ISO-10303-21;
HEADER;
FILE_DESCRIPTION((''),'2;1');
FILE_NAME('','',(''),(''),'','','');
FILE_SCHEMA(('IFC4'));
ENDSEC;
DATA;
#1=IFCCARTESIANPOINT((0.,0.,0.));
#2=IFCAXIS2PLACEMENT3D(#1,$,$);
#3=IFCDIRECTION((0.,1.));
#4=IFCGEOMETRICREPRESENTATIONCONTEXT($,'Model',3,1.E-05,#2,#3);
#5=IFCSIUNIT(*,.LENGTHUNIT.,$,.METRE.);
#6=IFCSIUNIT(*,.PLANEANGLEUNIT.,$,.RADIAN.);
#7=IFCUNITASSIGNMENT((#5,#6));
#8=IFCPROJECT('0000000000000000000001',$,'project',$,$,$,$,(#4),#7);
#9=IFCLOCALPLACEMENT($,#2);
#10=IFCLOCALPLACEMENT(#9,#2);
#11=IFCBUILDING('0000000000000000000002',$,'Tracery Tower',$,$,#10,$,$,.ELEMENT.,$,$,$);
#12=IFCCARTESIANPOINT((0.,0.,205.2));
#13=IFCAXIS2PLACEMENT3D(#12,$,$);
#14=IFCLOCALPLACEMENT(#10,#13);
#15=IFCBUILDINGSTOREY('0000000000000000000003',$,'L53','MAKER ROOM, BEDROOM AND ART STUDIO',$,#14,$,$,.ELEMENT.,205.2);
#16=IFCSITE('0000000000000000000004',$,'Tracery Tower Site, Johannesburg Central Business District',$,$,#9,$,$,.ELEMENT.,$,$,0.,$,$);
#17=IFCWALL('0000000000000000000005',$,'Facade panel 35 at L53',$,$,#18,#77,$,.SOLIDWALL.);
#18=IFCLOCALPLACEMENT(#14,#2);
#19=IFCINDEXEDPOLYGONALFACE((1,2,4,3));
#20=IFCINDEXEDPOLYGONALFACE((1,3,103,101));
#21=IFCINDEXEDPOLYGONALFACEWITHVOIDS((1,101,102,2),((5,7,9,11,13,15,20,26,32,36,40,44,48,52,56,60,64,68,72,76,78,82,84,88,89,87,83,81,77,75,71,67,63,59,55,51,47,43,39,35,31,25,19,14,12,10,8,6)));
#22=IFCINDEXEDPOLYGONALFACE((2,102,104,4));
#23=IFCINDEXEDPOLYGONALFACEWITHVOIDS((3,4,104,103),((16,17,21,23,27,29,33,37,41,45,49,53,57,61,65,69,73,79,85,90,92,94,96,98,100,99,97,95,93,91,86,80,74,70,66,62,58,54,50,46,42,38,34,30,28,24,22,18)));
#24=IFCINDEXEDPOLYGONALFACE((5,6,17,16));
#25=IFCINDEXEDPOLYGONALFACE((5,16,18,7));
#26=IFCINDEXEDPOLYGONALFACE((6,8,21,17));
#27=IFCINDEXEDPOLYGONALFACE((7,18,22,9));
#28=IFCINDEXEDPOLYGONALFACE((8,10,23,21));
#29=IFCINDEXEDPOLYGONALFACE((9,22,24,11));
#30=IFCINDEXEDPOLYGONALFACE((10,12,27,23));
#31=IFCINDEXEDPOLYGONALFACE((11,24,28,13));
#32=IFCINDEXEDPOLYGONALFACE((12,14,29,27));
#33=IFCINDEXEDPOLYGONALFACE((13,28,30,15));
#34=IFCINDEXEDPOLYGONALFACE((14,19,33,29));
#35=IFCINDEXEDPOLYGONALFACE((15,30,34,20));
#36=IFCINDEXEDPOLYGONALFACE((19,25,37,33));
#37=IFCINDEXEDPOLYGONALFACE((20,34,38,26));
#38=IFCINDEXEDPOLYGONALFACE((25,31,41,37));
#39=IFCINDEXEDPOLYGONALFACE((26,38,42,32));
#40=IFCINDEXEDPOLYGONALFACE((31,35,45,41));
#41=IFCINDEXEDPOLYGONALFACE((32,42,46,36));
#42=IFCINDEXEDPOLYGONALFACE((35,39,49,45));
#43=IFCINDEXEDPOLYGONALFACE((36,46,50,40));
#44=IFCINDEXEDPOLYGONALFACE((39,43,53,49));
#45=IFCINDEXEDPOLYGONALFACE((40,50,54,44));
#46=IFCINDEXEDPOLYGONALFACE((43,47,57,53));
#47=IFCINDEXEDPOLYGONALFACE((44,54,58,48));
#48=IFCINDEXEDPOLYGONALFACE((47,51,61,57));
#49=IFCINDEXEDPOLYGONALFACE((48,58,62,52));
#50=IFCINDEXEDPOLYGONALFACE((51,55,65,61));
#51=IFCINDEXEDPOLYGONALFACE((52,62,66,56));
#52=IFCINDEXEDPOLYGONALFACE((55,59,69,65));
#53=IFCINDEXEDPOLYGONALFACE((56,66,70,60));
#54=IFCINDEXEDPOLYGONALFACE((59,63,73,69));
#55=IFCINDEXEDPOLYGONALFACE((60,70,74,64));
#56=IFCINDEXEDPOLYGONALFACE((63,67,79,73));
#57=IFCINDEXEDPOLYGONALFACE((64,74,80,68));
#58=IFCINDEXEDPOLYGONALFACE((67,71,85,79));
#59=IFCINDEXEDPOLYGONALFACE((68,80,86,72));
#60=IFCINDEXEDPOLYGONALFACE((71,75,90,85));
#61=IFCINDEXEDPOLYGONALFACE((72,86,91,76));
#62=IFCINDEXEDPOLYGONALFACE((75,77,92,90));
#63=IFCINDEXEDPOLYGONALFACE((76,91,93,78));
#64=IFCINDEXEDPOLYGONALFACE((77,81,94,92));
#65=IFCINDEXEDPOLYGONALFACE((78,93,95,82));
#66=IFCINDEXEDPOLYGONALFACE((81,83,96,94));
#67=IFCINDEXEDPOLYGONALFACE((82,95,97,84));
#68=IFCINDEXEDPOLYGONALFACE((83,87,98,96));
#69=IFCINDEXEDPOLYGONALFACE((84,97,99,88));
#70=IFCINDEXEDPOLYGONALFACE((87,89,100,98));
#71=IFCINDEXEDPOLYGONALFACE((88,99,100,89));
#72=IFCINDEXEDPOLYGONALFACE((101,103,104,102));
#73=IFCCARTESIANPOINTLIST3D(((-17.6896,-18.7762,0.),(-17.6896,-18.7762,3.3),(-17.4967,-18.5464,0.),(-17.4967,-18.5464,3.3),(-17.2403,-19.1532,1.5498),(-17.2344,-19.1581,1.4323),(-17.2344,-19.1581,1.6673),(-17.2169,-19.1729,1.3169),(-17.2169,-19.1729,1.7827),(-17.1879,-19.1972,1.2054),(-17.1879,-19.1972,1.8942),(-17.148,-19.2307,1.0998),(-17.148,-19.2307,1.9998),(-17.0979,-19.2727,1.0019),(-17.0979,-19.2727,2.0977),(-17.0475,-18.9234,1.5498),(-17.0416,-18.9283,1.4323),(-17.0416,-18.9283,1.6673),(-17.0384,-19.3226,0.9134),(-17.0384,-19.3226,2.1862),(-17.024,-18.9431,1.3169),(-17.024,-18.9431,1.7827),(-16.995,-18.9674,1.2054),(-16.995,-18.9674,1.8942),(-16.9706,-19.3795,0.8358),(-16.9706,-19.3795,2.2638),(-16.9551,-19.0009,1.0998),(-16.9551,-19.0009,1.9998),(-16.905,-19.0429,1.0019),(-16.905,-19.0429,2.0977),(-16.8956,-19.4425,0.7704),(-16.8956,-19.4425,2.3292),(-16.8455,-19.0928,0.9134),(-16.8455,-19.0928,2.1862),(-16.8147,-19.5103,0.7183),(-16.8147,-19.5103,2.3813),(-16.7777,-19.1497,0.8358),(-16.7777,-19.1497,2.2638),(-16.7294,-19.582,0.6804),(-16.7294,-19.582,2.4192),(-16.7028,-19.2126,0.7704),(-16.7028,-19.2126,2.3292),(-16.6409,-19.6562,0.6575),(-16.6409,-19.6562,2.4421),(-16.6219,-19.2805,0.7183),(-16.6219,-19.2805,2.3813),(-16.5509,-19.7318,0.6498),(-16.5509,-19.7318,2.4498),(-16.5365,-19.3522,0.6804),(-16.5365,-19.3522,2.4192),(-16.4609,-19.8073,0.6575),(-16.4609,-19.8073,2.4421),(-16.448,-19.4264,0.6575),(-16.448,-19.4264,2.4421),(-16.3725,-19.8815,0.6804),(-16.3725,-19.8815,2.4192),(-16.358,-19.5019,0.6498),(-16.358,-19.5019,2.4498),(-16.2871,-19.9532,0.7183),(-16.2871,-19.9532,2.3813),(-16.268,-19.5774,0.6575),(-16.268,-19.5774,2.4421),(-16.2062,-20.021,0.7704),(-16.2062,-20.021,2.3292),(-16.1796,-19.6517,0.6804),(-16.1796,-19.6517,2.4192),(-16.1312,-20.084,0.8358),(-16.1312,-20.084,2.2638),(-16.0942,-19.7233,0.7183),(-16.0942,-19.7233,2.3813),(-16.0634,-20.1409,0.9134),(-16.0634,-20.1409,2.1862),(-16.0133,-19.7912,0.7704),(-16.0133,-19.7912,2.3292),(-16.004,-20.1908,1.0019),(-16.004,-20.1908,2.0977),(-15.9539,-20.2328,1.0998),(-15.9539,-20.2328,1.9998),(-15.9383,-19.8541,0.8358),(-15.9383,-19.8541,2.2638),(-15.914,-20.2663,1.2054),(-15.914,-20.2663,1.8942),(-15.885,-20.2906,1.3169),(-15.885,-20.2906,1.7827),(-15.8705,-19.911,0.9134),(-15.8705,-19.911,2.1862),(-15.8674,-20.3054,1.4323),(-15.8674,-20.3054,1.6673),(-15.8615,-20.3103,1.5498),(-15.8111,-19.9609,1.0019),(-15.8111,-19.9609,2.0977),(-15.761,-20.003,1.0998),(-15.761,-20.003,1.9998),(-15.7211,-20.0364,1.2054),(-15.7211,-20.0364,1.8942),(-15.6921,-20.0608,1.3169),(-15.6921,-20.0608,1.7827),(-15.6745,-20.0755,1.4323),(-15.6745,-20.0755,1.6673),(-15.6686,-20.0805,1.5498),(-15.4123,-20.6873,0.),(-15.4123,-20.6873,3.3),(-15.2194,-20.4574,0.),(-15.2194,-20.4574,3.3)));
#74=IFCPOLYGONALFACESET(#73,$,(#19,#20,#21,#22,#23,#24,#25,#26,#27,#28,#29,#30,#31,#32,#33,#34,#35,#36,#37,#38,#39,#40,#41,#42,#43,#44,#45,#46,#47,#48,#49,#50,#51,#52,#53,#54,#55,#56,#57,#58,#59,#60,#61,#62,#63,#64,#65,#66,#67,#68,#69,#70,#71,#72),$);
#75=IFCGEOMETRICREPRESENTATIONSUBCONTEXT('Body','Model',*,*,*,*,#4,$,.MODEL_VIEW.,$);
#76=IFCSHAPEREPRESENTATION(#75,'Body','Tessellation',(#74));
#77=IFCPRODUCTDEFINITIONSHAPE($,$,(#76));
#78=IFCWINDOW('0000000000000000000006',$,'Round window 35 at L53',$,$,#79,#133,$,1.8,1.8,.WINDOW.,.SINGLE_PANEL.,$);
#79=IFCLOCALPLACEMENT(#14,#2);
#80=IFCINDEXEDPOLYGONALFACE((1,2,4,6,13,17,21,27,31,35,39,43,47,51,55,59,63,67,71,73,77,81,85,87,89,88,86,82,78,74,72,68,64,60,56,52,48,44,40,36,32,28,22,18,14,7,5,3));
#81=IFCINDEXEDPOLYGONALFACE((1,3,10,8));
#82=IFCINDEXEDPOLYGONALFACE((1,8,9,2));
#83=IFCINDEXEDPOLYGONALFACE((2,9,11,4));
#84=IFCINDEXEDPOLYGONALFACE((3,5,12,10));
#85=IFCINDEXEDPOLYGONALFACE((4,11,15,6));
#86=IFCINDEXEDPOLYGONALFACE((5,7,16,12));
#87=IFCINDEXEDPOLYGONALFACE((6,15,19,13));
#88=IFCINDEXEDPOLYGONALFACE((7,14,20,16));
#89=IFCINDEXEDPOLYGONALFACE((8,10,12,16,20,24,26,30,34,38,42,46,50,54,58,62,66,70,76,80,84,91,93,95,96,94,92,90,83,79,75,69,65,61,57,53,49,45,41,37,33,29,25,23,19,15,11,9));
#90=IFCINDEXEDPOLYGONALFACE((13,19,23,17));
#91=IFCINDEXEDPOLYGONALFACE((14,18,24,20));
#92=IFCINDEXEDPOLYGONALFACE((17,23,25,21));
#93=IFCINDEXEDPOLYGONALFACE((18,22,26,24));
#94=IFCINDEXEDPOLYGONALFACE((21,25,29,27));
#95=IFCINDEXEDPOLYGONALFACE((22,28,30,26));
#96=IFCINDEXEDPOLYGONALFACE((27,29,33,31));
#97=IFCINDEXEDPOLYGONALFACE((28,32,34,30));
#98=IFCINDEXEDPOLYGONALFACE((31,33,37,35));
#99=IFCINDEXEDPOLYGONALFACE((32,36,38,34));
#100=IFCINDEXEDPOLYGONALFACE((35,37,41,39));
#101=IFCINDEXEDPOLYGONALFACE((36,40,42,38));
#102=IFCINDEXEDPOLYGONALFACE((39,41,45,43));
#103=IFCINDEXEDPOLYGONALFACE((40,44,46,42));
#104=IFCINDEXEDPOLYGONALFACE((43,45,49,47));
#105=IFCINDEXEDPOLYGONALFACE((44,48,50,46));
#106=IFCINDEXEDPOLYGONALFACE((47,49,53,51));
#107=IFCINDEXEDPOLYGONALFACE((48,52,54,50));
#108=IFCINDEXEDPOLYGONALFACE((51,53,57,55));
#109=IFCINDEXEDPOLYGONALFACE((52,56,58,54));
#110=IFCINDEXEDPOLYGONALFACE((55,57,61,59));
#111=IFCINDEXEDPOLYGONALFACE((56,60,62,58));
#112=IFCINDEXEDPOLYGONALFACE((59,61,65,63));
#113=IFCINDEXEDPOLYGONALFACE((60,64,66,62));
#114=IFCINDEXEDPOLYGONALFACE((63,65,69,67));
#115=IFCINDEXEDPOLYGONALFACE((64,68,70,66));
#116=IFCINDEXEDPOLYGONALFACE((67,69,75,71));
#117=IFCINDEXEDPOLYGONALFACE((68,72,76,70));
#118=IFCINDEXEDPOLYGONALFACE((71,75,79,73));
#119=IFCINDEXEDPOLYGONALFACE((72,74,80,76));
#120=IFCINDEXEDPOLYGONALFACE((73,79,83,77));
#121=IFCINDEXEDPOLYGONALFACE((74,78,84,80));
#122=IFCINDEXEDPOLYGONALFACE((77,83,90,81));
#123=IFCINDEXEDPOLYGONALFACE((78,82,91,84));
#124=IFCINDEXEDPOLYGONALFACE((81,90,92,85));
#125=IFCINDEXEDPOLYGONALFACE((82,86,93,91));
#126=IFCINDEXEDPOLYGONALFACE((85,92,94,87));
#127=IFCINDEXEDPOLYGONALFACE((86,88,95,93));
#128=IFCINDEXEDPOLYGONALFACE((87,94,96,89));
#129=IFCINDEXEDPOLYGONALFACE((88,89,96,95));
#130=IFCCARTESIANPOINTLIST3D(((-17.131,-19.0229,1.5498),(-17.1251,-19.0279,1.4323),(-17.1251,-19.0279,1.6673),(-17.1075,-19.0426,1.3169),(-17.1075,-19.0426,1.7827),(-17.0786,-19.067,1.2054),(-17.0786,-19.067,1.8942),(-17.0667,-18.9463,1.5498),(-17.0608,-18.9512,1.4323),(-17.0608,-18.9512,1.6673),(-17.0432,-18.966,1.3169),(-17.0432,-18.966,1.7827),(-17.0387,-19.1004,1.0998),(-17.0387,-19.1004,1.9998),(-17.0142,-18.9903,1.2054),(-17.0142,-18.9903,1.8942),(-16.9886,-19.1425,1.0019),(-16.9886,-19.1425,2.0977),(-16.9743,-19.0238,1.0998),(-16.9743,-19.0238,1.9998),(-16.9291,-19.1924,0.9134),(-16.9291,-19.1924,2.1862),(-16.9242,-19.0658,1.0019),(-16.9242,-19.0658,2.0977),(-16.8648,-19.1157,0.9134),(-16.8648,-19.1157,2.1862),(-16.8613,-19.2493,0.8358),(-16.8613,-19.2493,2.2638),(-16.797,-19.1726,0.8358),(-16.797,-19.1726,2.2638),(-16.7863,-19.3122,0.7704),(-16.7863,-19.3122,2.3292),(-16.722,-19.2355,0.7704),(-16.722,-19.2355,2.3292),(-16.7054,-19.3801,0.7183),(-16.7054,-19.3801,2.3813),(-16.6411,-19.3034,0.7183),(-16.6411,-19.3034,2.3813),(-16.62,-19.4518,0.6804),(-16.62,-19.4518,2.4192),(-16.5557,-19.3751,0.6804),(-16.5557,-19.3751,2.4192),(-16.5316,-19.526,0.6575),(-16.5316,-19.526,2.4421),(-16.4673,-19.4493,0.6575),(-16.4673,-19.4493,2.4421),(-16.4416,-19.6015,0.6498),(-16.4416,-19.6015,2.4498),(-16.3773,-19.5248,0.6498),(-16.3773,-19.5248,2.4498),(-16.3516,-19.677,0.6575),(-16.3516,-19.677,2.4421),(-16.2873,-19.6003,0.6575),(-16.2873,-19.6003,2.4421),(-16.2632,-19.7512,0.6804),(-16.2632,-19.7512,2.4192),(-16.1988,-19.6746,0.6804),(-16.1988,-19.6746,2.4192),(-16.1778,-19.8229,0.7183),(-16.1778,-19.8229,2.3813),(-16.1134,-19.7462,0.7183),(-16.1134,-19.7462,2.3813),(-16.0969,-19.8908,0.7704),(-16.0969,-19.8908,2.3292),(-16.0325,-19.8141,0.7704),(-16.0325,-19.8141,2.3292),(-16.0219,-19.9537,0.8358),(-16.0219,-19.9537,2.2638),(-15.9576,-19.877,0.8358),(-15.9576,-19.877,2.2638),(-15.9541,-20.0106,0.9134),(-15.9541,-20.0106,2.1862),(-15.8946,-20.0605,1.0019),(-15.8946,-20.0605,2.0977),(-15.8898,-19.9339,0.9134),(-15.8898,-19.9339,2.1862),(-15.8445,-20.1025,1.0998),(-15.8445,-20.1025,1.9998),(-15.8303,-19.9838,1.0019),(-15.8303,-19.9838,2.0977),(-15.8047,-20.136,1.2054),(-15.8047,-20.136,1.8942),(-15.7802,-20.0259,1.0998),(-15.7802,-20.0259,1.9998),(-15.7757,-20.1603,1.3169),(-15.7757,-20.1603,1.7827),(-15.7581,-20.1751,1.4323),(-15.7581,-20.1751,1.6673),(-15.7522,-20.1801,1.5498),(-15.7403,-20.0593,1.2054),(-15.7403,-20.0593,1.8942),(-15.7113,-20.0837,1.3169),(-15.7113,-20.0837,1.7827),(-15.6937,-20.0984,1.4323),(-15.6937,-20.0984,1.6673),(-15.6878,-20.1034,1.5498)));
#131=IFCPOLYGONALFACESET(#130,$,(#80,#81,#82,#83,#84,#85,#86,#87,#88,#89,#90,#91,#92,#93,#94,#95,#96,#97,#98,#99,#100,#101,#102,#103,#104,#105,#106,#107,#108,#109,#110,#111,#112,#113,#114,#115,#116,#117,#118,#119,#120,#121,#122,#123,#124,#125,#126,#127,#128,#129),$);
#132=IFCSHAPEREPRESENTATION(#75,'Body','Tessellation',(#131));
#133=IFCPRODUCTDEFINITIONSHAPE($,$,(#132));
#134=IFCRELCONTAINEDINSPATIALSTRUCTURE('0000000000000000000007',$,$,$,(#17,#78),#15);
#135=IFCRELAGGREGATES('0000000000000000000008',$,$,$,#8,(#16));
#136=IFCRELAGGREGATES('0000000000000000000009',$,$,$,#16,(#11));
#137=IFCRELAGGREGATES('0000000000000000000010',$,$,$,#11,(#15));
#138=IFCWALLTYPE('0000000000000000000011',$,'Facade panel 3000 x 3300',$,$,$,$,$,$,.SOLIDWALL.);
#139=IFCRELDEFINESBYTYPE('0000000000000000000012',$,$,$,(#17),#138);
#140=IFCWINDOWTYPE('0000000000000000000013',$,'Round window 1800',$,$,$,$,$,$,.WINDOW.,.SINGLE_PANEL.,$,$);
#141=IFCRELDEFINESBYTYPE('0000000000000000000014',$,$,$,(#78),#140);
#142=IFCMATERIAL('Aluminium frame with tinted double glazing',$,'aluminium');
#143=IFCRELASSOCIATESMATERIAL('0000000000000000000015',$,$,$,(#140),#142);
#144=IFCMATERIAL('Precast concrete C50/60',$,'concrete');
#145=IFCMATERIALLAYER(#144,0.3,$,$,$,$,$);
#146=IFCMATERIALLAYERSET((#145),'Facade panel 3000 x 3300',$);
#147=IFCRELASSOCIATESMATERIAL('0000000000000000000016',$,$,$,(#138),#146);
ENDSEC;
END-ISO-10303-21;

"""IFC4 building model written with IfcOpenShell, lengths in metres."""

from ifc_helpers import new_model, si_unit, direction, frame, frame_2d, origin, origin_2d, place, context, subcontext, project, spatial, rectangle, circle, extrude, material, layer, layer_set, type_object, element, fill, save


model = new_model("IFC4")

# Units and contexts
model_context = context("Model", 3, precision=1e-05, world=origin(), true_north=direction((0.0, 1.0)))
body_context = subcontext(model_context, "Body", "Model", "MODEL_VIEW")
ifc_project = project(units=[si_unit("LENGTHUNIT", "METRE"), si_unit("PLANEANGLEUNIT", "RADIAN")], contexts=[model_context])

# Site, building, storey
site_placement = place(None, origin())
site = spatial("IfcSite", under=ifc_project, at=site_placement, Name="Tracery Tower Site, Johannesburg Central Business District", CompositionType="ELEMENT", RefElevation=0.0)
building_placement = place(site_placement, origin())
building = spatial("IfcBuilding", under=site, at=building_placement, Name="Tracery Tower", CompositionType="ELEMENT")
storey_placement = place(building_placement, frame((0.0, 0.0, 205.2)))
storey = spatial("IfcBuildingStorey", under=building, at=storey_placement, Name="L53", Description="MAKER ROOM, BEDROOM AND ART STUDIO", CompositionType="ELEMENT", Elevation=205.2)

# Wall, opening, window
ifc_material_1 = material(Name="Aluminium frame with tinted double glazing", Category="aluminium")
window_type = type_object("IfcWindowType", Name="Round window 1800", PartitioningType="SINGLE_PANEL", PredefinedType="WINDOW", material=ifc_material_1)
ifc_material_2 = material(Name="Precast concrete C50/60", Category="concrete")
ifc_layer_1 = layer(ifc_material_2, 0.3)
ifc_layer_set_1 = layer_set([ifc_layer_1], Name="Facade panel 3000 x 3300")
wall_type_1 = type_object("IfcWallType", Name="Facade panel 3000 x 3300", PredefinedType="SOLIDWALL", material=ifc_layer_set_1)
wall_1_placement = place(storey_placement, frame((-17.593, -18.6614, 0.0), z_axis=(0.0, 0.0, 1.0), x_axis=(0.766009, -0.64283, 0.0)))
wall_1 = element("IfcWall", 1, at=wall_1_placement, inside=storey, type_object=wall_type_1, Name="Facade panel 35 at L53", PredefinedType="SOLIDWALL", context=body_context, shape_type="SweptSolid", body=[
    extrude(rectangle(XDim=2.9729, YDim=0.3, at=frame_2d((1.4863, 0.0))), origin(), (0.0, 0.0, 1.0), 3.3),
])
opening_1_placement = place(wall_1_placement, frame((1.4863, 0.0, 1.5498)))
opening_1 = element("IfcOpeningElement", 2, at=opening_1_placement, cuts=wall_1, PredefinedType="OPENING", context=body_context, shape_type="SweptSolid", body=[
    extrude(circle(Radius=0.9, at=origin_2d()), frame((0.0, 0.1599, 0.0), z_axis=(0.0, -1.0, 0.0), x_axis=(1.0, 0.0, 0.0)), (0.0, 0.0, 1.0), 0.3201),
])
window_1_placement = place(opening_1_placement, origin())
window_1 = element("IfcWindow", 3, at=window_1_placement, inside=storey, type_object=window_type, Name="Round window 35 at L53", OverallHeight=1.8, OverallWidth=1.8, PartitioningType="SINGLE_PANEL", PredefinedType="WINDOW", context=body_context, shape_type="SweptSolid", body=[
    extrude(circle(Radius=0.9, at=origin_2d()), frame((0.0, 0.1201, 0.0), z_axis=(0.0, -1.0, 0.0), x_axis=(1.0, 0.0, 0.0)), (0.0, 0.0, 1.0), 0.1001),
])
fill(opening_1, window_1)

save(model, "model.ifc")
